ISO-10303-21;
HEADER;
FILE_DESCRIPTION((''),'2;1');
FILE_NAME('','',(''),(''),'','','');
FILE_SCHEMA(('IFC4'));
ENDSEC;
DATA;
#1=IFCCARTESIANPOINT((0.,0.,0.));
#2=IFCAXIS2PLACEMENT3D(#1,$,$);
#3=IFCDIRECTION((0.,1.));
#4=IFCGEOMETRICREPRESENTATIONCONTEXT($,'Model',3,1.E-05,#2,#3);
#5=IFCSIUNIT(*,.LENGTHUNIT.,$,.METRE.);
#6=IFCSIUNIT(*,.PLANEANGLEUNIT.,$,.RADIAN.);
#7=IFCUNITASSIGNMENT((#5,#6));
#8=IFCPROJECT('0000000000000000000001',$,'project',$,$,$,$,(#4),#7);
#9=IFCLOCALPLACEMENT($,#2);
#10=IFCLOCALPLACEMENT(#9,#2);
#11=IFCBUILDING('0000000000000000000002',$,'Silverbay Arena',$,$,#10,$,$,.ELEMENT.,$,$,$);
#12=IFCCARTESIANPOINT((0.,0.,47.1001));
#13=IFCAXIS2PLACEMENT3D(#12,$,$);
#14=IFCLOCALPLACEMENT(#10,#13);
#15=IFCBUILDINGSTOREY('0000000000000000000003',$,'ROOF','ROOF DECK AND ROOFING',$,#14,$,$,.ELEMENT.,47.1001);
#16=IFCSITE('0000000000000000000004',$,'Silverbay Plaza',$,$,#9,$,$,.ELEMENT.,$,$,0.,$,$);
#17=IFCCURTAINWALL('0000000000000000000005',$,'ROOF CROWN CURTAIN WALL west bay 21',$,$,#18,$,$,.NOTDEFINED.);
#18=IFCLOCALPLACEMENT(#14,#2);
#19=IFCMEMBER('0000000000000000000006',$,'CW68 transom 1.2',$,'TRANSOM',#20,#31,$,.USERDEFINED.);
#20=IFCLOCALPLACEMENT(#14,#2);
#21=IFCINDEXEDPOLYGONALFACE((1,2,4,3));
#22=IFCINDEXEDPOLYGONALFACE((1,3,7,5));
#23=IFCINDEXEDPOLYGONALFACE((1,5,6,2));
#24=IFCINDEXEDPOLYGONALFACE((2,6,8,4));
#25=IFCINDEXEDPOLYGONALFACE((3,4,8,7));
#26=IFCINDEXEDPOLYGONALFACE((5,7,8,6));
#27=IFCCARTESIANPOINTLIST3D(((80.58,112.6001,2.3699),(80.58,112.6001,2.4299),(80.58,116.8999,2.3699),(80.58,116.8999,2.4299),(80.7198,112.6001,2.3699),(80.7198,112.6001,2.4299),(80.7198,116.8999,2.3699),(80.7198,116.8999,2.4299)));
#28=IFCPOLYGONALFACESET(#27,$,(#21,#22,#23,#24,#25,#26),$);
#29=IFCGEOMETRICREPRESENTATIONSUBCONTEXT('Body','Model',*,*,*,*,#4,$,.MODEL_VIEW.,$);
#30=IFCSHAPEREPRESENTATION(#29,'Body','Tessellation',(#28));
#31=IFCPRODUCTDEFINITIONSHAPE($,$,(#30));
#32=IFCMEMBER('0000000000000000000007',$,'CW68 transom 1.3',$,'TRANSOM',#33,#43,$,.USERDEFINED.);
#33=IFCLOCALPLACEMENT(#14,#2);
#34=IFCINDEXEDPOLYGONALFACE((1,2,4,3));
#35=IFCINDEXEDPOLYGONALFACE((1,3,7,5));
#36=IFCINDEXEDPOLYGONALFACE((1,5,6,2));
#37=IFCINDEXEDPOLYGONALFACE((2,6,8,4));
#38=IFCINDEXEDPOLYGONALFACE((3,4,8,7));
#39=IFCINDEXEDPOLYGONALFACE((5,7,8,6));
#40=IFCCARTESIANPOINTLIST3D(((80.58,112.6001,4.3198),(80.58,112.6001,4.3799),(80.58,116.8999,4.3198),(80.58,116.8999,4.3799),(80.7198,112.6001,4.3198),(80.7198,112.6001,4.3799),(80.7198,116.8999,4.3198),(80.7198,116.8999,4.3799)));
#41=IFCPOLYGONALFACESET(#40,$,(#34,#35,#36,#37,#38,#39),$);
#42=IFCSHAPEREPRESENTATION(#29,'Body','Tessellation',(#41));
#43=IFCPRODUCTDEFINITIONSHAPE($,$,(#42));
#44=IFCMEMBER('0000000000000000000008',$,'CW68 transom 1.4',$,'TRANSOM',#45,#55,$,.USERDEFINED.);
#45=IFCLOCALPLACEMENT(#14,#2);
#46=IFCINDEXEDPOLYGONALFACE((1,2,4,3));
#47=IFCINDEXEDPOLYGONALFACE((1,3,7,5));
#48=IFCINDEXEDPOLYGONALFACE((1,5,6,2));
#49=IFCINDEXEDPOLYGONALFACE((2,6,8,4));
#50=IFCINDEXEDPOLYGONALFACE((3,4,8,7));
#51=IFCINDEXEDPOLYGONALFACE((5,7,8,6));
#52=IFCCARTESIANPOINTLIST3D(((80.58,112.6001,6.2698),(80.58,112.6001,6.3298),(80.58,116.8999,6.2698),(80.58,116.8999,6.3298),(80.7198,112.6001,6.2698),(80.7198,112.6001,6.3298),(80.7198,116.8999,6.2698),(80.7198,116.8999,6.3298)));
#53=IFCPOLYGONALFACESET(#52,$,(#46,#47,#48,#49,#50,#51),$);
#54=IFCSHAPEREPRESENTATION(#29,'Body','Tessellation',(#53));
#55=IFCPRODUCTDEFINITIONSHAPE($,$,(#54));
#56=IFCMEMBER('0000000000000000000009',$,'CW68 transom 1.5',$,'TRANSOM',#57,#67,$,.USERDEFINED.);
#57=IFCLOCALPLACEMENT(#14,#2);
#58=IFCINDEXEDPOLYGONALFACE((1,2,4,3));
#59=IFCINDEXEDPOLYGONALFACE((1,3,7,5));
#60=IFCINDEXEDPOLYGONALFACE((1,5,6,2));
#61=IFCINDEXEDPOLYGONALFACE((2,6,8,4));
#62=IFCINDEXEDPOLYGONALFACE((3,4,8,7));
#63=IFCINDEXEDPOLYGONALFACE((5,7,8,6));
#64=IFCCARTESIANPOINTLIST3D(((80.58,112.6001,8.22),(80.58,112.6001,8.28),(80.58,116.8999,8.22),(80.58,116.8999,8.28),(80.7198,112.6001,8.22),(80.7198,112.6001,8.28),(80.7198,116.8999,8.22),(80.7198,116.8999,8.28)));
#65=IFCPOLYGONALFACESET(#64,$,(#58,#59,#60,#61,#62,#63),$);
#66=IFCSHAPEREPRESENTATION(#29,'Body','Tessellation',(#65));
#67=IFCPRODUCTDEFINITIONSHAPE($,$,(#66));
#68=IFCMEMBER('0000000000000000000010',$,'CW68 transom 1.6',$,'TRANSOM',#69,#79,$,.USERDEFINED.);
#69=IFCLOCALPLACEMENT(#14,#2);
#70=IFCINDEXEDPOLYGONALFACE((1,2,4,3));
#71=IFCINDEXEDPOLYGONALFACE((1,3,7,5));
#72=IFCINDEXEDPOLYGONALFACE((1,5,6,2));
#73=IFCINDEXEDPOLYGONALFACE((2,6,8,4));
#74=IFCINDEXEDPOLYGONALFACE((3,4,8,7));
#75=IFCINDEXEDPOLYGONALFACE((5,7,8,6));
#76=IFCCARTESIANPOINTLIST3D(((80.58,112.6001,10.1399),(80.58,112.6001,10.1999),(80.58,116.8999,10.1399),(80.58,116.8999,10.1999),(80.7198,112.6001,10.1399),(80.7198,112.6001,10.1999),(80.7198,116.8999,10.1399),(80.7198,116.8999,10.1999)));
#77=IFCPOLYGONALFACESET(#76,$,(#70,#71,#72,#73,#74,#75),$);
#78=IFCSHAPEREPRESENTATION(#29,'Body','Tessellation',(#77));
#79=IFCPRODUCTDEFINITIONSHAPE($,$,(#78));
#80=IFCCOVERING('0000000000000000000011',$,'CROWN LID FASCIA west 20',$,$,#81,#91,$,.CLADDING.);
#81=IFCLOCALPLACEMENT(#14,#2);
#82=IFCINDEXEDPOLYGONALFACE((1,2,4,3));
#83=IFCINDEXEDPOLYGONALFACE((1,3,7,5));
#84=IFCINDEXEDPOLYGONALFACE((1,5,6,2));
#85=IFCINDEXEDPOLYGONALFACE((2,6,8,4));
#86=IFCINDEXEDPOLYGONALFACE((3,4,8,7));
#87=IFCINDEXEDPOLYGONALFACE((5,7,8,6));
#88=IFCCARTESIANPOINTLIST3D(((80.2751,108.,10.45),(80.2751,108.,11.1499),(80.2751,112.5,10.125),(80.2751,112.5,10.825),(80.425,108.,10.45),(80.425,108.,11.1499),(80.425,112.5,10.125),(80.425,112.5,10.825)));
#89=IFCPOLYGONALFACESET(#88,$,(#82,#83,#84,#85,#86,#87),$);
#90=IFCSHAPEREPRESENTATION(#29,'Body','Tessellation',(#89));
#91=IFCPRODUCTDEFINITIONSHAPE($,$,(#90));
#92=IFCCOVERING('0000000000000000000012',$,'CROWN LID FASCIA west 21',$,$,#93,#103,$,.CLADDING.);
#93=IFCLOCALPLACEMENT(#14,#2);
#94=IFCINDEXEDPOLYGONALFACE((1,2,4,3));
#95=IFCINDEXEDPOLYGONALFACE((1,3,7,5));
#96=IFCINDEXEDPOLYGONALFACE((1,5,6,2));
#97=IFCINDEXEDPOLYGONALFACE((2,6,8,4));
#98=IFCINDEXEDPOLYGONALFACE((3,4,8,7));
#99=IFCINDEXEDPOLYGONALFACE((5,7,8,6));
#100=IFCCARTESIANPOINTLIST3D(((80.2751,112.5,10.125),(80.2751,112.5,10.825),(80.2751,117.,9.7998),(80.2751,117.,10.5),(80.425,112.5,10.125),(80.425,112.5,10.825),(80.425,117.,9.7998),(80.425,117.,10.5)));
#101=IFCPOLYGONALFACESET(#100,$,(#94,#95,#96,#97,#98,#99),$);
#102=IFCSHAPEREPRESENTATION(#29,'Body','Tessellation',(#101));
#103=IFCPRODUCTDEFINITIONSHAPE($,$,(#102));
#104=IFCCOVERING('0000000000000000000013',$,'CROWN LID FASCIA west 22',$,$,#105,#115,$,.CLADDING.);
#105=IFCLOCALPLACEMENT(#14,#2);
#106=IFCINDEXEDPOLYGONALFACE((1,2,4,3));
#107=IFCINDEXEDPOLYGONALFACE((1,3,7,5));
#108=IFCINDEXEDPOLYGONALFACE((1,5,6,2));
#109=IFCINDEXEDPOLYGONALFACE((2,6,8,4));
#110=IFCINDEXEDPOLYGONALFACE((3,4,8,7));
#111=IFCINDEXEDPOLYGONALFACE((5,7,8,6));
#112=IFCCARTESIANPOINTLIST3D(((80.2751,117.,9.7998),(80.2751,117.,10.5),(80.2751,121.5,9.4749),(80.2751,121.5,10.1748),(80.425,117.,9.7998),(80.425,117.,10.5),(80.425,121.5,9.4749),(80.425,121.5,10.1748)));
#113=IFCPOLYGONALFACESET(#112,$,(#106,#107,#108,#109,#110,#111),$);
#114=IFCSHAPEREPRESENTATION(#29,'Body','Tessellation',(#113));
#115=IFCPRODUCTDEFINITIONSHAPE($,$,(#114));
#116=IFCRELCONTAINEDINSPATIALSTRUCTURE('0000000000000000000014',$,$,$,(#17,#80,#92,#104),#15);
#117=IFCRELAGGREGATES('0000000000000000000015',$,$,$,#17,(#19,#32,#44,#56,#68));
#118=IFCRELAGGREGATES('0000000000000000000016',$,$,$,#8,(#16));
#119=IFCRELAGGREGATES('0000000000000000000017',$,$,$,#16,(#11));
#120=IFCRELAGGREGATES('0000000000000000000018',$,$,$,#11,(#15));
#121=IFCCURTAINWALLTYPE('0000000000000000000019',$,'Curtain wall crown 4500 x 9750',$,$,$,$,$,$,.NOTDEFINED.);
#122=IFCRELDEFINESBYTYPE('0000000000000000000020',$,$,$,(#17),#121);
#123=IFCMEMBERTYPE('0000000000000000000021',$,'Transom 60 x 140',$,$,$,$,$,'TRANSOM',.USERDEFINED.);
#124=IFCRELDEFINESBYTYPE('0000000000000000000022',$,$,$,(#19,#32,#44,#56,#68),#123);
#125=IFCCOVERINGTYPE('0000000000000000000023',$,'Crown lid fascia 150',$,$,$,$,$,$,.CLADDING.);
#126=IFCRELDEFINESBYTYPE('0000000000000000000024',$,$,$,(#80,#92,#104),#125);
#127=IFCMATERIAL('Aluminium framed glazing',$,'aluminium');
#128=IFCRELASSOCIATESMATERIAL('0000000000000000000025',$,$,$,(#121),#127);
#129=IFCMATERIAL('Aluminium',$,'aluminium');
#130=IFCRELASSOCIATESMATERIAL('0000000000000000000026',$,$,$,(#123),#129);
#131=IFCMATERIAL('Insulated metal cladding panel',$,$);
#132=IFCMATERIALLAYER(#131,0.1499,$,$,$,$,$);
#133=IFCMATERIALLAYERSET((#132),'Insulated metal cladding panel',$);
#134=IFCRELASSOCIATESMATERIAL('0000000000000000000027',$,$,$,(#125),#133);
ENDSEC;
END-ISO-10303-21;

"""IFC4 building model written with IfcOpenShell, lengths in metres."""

from ifc_helpers import new_model, si_unit, direction, frame, origin, origin_2d, place, context, subcontext, project, spatial, polyline, rectangle, outline, extrude, material, layer, layer_set, material_profile, profile_set, type_object, element, aggregate, save


model = new_model("IFC4")

# Units and contexts
model_context = context("Model", 3, precision=1e-05, world=origin(), true_north=direction((0.0, 1.0)))
body_context = subcontext(model_context, "Body", "Model", "MODEL_VIEW")
ifc_project = project(units=[si_unit("LENGTHUNIT", "METRE"), si_unit("PLANEANGLEUNIT", "RADIAN")], contexts=[model_context])

# Site, building, storey
site_placement = place(None, origin())
site = spatial("IfcSite", under=ifc_project, at=site_placement, Name="Silverbay Plaza", CompositionType="ELEMENT", RefElevation=0.0)
building_placement = place(site_placement, origin())
building = spatial("IfcBuilding", under=site, at=building_placement, Name="Silverbay Arena", CompositionType="ELEMENT")
storey_placement = place(building_placement, frame((0.0, 0.0, 47.1001)))
storey = spatial("IfcBuildingStorey", under=building, at=storey_placement, Name="ROOF", Description="ROOF DECK AND ROOFING", CompositionType="ELEMENT", Elevation=47.1001)

# Shared definitions
placement = place(building_placement, frame((0.0, 0.0, 33.5)))

# Curtain wall
ifc_material_1 = material(Name="Aluminium framed glazing", Category="aluminium")
curtain_wall_type_1 = type_object("IfcCurtainWallType", Name="Curtain wall crown 4500 x 9750", PredefinedType="NOTDEFINED", material=ifc_material_1)
curtain_wall_1_placement = place(storey_placement, origin())
curtain_wall_1 = element("IfcCurtainWall", 1, at=curtain_wall_1_placement, inside=storey, type_object=curtain_wall_type_1, Name="ROOF CROWN CURTAIN WALL west bay 21", PredefinedType="NOTDEFINED")

# Members
ifc_material_2 = material(Name="Aluminium", Category="aluminium")
ifc_material_profile_1 = material_profile(ifc_material_2, rectangle(XDim=0.1399, YDim=0.0601, at=origin_2d()), Name="Transom 60 x 140")
ifc_profile_set_1 = profile_set([ifc_material_profile_1], Name="Aluminium")
member_type_1 = type_object("IfcMemberType", Name="Transom 60 x 140", ElementType="TRANSOM", PredefinedType="USERDEFINED", material=ifc_profile_set_1)
member_1_placement = place(placement, frame((80.6499, 112.6001, 16.0), z_axis=(0.0, 1.0, 0.0), x_axis=(-1.0, 0.0, 0.0)))
member_1 = element("IfcMember", 2, at=member_1_placement, type_object=member_type_1, Name="CW68 transom 1.2", ObjectType="TRANSOM", PredefinedType="USERDEFINED", context=body_context, shape_type="SweptSolid", body=[
    extrude(rectangle(XDim=0.1399, YDim=0.0601, at=origin_2d()), origin(), (0.0, 0.0, 1.0), 4.2998),
])
member_2_placement = place(placement, frame((80.6499, 112.6001, 17.95), z_axis=(0.0, 1.0, 0.0), x_axis=(-1.0, 0.0, 0.0)))
member_2 = element("IfcMember", 3, at=member_2_placement, type_object=member_type_1, Name="CW68 transom 1.3", ObjectType="TRANSOM", PredefinedType="USERDEFINED", context=body_context, shape_type="SweptSolid", body=[
    extrude(rectangle(XDim=0.1399, YDim=0.0601, at=origin_2d()), origin(), (0.0, 0.0, 1.0), 4.2998),
])
member_3_placement = place(placement, frame((80.6499, 112.6001, 19.8999), z_axis=(0.0, 1.0, 0.0), x_axis=(-1.0, 0.0, 0.0)))
member_3 = element("IfcMember", 4, at=member_3_placement, type_object=member_type_1, Name="CW68 transom 1.4", ObjectType="TRANSOM", PredefinedType="USERDEFINED", context=body_context, shape_type="SweptSolid", body=[
    extrude(rectangle(XDim=0.1399, YDim=0.0601, at=origin_2d()), origin(), (0.0, 0.0, 1.0), 4.2998),
])
member_4_placement = place(placement, frame((80.6499, 112.6001, 21.8501), z_axis=(0.0, 1.0, 0.0), x_axis=(-1.0, 0.0, 0.0)))
member_4 = element("IfcMember", 5, at=member_4_placement, type_object=member_type_1, Name="CW68 transom 1.5", ObjectType="TRANSOM", PredefinedType="USERDEFINED", context=body_context, shape_type="SweptSolid", body=[
    extrude(rectangle(XDim=0.1399, YDim=0.0601, at=origin_2d()), origin(), (0.0, 0.0, 1.0), 4.2998),
])
member_5_placement = place(placement, frame((80.6499, 112.6001, 23.77), z_axis=(0.0, 1.0, 0.0), x_axis=(-1.0, 0.0, 0.0)))
member_5 = element("IfcMember", 6, at=member_5_placement, type_object=member_type_1, Name="CW68 transom 1.6", ObjectType="TRANSOM", PredefinedType="USERDEFINED", context=body_context, shape_type="SweptSolid", body=[
    extrude(rectangle(XDim=0.1399, YDim=0.0601, at=origin_2d()), origin(), (0.0, 0.0, 1.0), 4.2998),
])

aggregate(curtain_wall_1, [member_1, member_2, member_3, member_4, member_5])

# Coverings
ifc_material_3 = material(Name="Insulated metal cladding panel")
ifc_layer_1 = layer(ifc_material_3, 0.1499)
ifc_layer_set_1 = layer_set([ifc_layer_1], Name="Insulated metal cladding panel")
covering_type = type_object("IfcCoveringType", Name="Crown lid fascia 150", PredefinedType="CLADDING", material=ifc_layer_set_1)
covering_1_placement = place(storey_placement, frame((80.425, 108.0, 10.45), z_axis=(1.0, 0.0, 0.0), x_axis=(0.0, 0.997403, -0.072024)))
element("IfcCovering", 7, at=covering_1_placement, inside=storey, type_object=covering_type, Name="CROWN LID FASCIA west 20", PredefinedType="CLADDING", context=body_context, shape_type="SweptSolid", body=[
    extrude(outline(polyline([(0.0, 0.0), (4.5117, 0.0), (4.4613, 0.6981), (-0.0504, 0.6981), (0.0, 0.0)])), origin(), (0.0, 0.0, -1.0), 0.1499),
])
covering_2_placement = place(storey_placement, frame((80.425, 112.5, 10.125), z_axis=(1.0, 0.0, 0.0), x_axis=(0.0, 0.997399, -0.072078)))
element("IfcCovering", 8, at=covering_2_placement, inside=storey, type_object=covering_type, Name="CROWN LID FASCIA west 21", PredefinedType="CLADDING", context=body_context, shape_type="SweptSolid", body=[
    extrude(outline(polyline([(0.0, 0.0), (4.5117, 0.0), (4.4613, 0.6984), (-0.0505, 0.6981), (0.0, 0.0)])), origin(), (0.0, 0.0, -1.0), 0.1499),
])
covering_3_placement = place(storey_placement, frame((80.425, 117.0, 9.7998), z_axis=(1.0, 0.0, 0.0), x_axis=(0.0, 0.997403, -0.072024)))
element("IfcCovering", 9, at=covering_3_placement, inside=storey, type_object=covering_type, Name="CROWN LID FASCIA west 22", PredefinedType="CLADDING", context=body_context, shape_type="SweptSolid", body=[
    extrude(outline(polyline([(0.0, 0.0), (4.5117, 0.0), (4.4613, 0.6981), (-0.0504, 0.6984), (0.0, 0.0)])), origin(), (0.0, 0.0, -1.0), 0.1499),
])

save(model, "model.ifc")
